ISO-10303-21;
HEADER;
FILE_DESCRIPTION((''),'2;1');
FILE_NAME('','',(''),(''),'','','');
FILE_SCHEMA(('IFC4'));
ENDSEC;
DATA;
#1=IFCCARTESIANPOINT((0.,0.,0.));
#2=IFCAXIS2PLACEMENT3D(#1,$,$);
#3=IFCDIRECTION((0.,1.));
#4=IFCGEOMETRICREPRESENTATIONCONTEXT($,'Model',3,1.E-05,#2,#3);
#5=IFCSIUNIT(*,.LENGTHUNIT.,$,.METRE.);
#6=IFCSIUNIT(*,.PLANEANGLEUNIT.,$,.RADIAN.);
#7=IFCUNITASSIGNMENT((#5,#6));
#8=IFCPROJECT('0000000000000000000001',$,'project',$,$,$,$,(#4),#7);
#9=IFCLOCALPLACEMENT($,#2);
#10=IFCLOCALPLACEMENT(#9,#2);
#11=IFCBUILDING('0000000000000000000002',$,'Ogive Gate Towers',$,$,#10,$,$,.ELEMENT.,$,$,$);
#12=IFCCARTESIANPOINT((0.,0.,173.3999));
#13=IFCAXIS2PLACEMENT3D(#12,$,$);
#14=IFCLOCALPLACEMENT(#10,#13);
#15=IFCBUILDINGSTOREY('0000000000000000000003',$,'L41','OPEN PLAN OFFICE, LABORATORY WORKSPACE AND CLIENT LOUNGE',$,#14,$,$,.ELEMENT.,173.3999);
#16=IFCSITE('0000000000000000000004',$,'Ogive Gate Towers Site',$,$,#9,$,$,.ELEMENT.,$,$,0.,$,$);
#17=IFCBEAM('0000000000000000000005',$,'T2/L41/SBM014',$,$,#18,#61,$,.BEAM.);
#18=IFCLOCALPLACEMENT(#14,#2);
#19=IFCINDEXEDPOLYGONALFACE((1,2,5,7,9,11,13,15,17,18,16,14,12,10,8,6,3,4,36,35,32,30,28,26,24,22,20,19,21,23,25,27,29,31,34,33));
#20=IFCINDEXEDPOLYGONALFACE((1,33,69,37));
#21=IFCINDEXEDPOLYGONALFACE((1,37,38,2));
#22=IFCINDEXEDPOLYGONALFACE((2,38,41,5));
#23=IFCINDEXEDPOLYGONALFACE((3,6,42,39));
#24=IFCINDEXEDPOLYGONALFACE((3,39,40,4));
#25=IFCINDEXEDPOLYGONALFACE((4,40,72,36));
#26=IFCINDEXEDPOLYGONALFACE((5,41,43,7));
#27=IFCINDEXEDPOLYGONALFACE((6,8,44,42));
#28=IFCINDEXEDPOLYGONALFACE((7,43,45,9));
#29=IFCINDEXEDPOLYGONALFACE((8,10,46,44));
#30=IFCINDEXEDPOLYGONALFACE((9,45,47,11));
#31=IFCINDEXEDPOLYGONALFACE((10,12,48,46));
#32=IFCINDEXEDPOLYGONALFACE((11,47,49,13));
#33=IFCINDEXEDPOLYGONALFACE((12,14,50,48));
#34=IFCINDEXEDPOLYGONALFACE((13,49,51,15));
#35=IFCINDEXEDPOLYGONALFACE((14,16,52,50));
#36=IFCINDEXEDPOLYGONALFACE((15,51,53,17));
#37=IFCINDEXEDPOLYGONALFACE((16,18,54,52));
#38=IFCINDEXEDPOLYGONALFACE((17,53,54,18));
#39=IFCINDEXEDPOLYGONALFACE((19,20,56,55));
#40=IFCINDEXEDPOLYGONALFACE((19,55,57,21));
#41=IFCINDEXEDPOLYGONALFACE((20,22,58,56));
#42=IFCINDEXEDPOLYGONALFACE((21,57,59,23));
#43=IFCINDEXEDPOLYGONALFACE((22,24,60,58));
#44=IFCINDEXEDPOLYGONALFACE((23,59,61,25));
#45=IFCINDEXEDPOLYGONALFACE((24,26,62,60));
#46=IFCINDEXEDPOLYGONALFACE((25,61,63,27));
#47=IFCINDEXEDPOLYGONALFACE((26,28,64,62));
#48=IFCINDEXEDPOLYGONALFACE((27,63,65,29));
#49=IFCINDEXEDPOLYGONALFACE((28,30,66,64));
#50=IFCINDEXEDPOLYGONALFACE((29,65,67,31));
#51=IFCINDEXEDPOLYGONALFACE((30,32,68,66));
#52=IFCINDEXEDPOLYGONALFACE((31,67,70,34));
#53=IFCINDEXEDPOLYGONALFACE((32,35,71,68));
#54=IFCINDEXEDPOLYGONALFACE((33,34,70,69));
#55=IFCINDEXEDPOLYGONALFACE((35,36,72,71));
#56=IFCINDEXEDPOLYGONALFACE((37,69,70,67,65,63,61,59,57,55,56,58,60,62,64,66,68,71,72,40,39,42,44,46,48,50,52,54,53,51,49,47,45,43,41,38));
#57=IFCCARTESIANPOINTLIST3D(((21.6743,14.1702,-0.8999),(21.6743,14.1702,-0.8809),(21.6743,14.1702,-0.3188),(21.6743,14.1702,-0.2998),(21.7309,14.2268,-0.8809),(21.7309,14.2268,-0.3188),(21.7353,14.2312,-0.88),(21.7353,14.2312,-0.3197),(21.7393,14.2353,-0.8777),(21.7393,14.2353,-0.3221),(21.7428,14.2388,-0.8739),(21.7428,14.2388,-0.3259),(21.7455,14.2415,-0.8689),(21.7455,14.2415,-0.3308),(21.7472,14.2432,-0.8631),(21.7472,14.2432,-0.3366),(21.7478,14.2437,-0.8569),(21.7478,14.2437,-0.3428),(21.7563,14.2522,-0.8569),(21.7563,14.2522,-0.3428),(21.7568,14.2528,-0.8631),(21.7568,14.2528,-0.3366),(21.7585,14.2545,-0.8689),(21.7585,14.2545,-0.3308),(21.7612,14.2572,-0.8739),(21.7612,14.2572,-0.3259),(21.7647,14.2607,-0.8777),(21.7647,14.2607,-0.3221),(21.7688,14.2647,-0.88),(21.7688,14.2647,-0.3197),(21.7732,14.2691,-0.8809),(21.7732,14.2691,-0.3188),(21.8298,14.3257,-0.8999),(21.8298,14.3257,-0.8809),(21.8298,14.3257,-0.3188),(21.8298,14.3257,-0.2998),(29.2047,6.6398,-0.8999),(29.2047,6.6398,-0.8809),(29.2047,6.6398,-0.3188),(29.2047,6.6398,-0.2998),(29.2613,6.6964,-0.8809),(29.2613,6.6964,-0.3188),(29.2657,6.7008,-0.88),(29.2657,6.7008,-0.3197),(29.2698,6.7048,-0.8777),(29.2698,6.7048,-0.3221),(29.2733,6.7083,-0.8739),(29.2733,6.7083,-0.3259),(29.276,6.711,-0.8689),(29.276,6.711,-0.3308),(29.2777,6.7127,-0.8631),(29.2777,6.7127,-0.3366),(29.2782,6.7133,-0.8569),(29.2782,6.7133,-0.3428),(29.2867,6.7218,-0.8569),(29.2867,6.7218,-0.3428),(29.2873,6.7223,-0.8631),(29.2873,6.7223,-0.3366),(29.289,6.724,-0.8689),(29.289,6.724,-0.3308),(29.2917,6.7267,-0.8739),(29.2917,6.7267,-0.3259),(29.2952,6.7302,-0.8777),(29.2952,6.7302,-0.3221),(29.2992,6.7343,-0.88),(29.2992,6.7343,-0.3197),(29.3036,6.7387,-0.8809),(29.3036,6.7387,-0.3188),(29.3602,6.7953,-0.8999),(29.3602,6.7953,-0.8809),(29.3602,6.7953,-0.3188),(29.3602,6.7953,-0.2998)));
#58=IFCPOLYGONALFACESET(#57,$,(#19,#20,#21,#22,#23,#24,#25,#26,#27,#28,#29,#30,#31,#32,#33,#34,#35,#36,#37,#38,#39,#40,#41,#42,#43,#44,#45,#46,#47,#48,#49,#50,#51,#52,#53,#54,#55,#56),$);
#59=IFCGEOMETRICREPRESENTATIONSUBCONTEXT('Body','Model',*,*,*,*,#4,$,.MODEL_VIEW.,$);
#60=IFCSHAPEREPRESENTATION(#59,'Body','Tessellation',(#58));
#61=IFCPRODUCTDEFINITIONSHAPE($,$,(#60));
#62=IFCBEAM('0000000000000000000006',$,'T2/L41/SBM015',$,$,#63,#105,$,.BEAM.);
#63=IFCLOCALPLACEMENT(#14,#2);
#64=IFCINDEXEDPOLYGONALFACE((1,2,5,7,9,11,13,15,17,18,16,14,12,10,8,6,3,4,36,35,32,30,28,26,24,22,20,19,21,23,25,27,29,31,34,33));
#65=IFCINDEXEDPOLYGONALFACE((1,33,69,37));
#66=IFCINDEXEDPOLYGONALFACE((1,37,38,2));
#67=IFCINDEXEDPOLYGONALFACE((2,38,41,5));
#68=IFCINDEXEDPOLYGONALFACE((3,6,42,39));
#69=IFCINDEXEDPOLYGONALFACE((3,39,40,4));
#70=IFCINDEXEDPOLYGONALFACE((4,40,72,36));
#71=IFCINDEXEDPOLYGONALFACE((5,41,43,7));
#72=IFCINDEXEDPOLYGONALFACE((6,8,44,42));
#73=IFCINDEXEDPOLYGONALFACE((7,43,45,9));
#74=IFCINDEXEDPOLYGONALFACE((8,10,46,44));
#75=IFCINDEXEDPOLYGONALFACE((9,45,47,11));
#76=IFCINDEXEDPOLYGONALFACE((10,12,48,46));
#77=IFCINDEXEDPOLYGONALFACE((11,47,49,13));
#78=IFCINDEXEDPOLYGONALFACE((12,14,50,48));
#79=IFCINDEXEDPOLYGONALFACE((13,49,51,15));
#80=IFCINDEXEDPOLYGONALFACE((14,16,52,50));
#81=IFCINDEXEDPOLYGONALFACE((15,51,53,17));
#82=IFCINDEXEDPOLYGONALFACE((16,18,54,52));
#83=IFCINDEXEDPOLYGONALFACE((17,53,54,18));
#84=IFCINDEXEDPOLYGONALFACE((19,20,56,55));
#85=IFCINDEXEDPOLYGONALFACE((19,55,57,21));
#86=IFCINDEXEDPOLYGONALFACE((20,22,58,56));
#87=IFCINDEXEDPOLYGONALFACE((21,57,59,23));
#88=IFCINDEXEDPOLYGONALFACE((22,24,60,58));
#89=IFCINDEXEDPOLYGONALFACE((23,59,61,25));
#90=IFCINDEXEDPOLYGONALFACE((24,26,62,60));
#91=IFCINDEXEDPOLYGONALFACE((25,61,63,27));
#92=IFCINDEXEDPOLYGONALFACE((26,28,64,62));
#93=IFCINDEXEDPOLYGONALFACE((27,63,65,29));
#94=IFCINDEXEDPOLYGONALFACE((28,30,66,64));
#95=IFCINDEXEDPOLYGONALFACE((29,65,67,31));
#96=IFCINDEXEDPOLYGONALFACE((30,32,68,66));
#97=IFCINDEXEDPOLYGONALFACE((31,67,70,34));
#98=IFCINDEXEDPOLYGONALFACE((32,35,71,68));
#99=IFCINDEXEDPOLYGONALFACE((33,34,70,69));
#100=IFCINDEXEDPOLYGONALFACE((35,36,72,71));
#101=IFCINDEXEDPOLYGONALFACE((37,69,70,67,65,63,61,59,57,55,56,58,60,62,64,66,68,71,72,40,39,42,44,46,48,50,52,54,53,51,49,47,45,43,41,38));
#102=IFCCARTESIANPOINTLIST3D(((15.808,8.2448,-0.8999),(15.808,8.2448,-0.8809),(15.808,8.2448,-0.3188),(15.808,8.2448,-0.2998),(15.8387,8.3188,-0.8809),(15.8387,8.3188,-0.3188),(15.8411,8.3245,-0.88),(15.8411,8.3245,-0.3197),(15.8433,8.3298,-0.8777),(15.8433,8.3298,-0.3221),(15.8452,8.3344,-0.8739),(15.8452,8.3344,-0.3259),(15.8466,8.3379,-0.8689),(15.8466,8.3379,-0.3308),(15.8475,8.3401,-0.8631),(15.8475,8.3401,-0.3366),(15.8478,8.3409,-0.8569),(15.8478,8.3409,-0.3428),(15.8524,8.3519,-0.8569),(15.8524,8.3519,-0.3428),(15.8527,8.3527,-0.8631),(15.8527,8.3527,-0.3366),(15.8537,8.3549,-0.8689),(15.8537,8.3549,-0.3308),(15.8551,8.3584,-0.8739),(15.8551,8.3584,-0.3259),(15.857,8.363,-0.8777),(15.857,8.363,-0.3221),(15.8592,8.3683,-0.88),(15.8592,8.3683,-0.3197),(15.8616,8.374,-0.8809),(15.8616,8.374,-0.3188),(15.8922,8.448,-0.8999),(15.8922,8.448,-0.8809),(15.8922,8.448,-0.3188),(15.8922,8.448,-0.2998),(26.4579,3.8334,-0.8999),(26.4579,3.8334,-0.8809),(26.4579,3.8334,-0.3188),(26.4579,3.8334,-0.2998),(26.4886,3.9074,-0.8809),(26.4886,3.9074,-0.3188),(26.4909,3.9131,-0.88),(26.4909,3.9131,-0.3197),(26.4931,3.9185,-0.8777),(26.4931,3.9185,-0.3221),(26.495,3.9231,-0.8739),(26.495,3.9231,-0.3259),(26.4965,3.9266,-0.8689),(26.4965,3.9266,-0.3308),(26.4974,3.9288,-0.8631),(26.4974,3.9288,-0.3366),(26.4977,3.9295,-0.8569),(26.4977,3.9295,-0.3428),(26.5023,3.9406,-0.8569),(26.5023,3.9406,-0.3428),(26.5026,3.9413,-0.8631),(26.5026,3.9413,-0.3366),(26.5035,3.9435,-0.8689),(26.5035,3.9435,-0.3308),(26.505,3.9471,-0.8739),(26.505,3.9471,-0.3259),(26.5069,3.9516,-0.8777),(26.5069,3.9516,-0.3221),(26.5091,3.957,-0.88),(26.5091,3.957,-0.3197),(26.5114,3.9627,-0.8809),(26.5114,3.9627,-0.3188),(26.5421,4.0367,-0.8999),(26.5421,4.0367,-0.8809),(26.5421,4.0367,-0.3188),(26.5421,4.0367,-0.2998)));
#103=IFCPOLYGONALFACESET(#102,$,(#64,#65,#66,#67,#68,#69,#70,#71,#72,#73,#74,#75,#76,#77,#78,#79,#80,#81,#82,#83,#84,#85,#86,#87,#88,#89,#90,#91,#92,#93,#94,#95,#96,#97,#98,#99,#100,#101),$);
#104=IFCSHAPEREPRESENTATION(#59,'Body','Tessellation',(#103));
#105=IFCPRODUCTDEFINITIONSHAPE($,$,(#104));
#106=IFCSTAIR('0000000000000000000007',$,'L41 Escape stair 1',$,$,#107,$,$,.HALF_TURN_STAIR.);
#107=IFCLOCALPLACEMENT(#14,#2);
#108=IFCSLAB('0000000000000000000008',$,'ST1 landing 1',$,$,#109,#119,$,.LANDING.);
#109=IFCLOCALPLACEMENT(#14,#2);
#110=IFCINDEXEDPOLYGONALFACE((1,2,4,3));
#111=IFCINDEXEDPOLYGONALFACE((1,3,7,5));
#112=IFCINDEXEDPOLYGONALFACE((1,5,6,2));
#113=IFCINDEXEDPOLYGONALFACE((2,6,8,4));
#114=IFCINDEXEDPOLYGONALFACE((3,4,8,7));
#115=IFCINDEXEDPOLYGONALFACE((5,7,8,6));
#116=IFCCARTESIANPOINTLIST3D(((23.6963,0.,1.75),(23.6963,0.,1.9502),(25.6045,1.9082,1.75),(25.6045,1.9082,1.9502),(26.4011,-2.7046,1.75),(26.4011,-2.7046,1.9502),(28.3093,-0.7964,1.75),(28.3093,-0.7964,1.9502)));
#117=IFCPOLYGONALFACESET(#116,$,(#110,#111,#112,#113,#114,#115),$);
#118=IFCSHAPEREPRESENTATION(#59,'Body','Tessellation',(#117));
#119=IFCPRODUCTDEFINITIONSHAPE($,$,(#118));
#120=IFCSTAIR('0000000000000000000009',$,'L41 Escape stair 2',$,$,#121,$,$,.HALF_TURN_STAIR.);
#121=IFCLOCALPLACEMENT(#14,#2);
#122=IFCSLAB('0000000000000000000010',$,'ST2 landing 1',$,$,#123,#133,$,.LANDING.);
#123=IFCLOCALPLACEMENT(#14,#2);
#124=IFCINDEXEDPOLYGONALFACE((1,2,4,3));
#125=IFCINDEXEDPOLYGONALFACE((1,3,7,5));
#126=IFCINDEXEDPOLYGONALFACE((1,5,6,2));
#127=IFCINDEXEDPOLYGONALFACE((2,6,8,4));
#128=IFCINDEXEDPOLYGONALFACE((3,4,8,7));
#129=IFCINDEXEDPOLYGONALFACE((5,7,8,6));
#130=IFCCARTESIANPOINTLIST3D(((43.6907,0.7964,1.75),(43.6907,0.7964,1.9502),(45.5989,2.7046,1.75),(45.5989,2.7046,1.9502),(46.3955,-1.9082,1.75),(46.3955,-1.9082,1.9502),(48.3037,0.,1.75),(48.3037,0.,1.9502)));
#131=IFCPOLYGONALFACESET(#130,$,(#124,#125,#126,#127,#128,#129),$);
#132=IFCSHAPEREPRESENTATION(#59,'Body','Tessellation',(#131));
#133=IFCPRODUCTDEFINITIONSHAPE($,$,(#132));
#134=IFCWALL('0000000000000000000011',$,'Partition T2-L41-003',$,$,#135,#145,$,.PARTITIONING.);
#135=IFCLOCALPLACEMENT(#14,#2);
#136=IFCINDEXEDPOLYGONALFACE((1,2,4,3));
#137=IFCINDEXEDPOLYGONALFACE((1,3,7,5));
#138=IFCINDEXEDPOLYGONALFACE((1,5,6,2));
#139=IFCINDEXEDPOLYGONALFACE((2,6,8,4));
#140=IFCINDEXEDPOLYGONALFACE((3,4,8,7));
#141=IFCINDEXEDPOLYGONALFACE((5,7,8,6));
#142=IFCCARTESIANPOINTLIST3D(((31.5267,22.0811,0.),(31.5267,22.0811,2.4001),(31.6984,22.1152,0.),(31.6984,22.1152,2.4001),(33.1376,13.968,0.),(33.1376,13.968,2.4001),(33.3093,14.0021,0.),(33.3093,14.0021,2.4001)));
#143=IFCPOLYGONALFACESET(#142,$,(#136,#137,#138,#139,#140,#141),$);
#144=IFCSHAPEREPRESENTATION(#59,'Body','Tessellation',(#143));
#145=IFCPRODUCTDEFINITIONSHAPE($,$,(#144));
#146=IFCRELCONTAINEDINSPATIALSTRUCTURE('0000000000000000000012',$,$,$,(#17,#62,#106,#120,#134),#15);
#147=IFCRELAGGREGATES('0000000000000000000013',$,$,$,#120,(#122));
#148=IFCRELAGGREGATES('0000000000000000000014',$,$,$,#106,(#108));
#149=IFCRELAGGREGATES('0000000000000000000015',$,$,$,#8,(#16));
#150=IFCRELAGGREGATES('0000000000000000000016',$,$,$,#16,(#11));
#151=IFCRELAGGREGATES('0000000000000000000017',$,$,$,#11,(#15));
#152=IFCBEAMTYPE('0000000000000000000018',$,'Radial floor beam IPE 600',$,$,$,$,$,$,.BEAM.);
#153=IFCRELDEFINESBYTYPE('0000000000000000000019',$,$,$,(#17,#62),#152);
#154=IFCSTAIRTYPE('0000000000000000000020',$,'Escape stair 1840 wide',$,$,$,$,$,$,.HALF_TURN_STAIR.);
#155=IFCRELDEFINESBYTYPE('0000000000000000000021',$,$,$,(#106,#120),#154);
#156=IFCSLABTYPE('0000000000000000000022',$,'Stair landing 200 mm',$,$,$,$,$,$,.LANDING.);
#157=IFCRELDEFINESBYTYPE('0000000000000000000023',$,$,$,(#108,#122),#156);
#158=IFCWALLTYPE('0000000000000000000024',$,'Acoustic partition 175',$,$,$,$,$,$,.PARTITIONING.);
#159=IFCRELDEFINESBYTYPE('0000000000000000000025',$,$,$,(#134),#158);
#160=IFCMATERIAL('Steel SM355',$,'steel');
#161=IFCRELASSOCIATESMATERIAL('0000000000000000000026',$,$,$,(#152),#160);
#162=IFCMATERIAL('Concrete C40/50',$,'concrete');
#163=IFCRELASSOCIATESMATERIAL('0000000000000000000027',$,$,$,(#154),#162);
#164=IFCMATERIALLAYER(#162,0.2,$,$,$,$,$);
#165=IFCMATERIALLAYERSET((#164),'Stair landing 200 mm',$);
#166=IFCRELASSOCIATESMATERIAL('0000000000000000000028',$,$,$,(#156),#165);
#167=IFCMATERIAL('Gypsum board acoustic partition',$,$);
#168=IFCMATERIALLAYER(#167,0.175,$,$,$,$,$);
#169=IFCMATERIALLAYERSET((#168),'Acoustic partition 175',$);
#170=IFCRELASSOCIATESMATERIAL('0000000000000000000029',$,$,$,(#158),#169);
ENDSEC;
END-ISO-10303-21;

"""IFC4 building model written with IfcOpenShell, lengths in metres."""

from ifc_helpers import new_model, si_unit, direction, frame, frame_2d, origin, origin_2d, place, context, subcontext, project, spatial, polyline, rectangle, i_section, outline, extrude, material, layer, layer_set, material_profile, profile_set, type_object, element, aggregate, save


model = new_model("IFC4")

# Units and contexts
model_context = context("Model", 3, precision=1e-05, world=origin(), true_north=direction((0.0, 1.0)))
body_context = subcontext(model_context, "Body", "Model", "MODEL_VIEW")
ifc_project = project(units=[si_unit("LENGTHUNIT", "METRE"), si_unit("PLANEANGLEUNIT", "RADIAN")], contexts=[model_context])

# Site, building, storey
site_placement = place(None, origin())
site = spatial("IfcSite", under=ifc_project, at=site_placement, Name="Ogive Gate Towers Site", CompositionType="ELEMENT", RefElevation=0.0)
building_placement = place(site_placement, origin())
building = spatial("IfcBuilding", under=site, at=building_placement, Name="Ogive Gate Towers", CompositionType="ELEMENT")
storey_placement = place(building_placement, frame((0.0, 0.0, 173.3999)))
storey = spatial("IfcBuildingStorey", under=building, at=storey_placement, Name="L41", Description="OPEN PLAN OFFICE, LABORATORY WORKSPACE AND CLIENT LOUNGE", CompositionType="ELEMENT", Elevation=173.3999)

# Beams
ifc_material_1 = material(Name="Concrete C40/50", Category="concrete")
ifc_material_2 = material(Name="Steel SM355", Category="steel")
ifc_material_profile_1 = material_profile(ifc_material_2, i_section(OverallWidth=0.22, OverallDepth=0.6001, WebThickness=0.012, FlangeThickness=0.019, FilletRadius=0.0239, at=origin_2d()), Name="IPE 600")
ifc_profile_set_1 = profile_set([ifc_material_profile_1], Name="Steel SM355")
beam_type_1 = type_object("IfcBeamType", Name="Radial floor beam IPE 600", PredefinedType="BEAM", material=ifc_profile_set_1)
beam_1_placement = place(storey_placement, frame((29.2825, 6.7175, -0.5999), z_axis=(-0.707107, 0.707107, 0.0), x_axis=(-0.707107, -0.707107, 0.0)))
element("IfcBeam", 1, at=beam_1_placement, inside=storey, type_object=beam_type_1, Name="T2/L41/SBM014", PredefinedType="BEAM", context=body_context, shape_type="SweptSolid", body=[
    extrude(i_section(OverallWidth=0.22, OverallDepth=0.6001, WebThickness=0.012, FlangeThickness=0.019, FilletRadius=0.0239, at=origin_2d()), origin(), (0.0, 0.0, 1.0), 10.6497),
])
beam_2_placement = place(storey_placement, frame((26.5, 3.9351, -0.5999), z_axis=(-0.923878, 0.382687, 0.0), x_axis=(-0.382687, -0.923878, 0.0)))
element("IfcBeam", 2, at=beam_2_placement, inside=storey, type_object=beam_type_1, Name="T2/L41/SBM015", PredefinedType="BEAM", context=body_context, shape_type="SweptSolid", body=[
    extrude(i_section(OverallWidth=0.22, OverallDepth=0.6001, WebThickness=0.012, FlangeThickness=0.019, FilletRadius=0.0239, at=origin_2d()), origin(), (0.0, 0.0, 1.0), 11.5273),
])

# Stairs, slabs
stair_type = type_object("IfcStairType", Name="Escape stair 1840 wide", PredefinedType="HALF_TURN_STAIR", material=ifc_material_1)
stair_1_placement = place(storey_placement, origin())
stair_1 = element("IfcStair", 3, at=stair_1_placement, inside=storey, type_object=stair_type, Name="L41 Escape stair 1", PredefinedType="HALF_TURN_STAIR")
ifc_layer_1 = layer(ifc_material_1, 0.2)
ifc_layer_set_1 = layer_set([ifc_layer_1], Name="Stair landing 200 mm")
slab_type = type_object("IfcSlabType", Name="Stair landing 200 mm", PredefinedType="LANDING", material=ifc_layer_set_1)
slab_1_placement = place(storey_placement, frame((0.0, 0.0, 1.75)))
slab_1 = element("IfcSlab", 4, at=slab_1_placement, type_object=slab_type, Name="ST1 landing 1", PredefinedType="LANDING", context=body_context, shape_type="SweptSolid", body=[
    extrude(outline(polyline([(25.6045, 1.9082), (23.6963, 0.0), (26.4011, -2.7046), (28.3093, -0.7964), (25.6045, 1.9082)])), origin(), (0.0, 0.0, 1.0), 0.2002),
])
stair_2_placement = place(storey_placement, origin())
stair_2 = element("IfcStair", 5, at=stair_2_placement, inside=storey, type_object=stair_type, Name="L41 Escape stair 2", PredefinedType="HALF_TURN_STAIR")
slab_2_placement = place(storey_placement, frame((0.0, 0.0, 1.75)))
slab_2 = element("IfcSlab", 6, at=slab_2_placement, type_object=slab_type, Name="ST2 landing 1", PredefinedType="LANDING", context=body_context, shape_type="SweptSolid", body=[
    extrude(outline(polyline([(46.3955, -1.9082), (48.3037, 0.0), (45.5989, 2.7046), (43.6907, 0.7964), (46.3955, -1.9082)])), origin(), (0.0, 0.0, 1.0), 0.2002),
])
aggregate(stair_2, [slab_2])

# Wall
ifc_material_3 = material(Name="Gypsum board acoustic partition")
ifc_layer_2 = layer(ifc_material_3, 0.175)
ifc_layer_set_2 = layer_set([ifc_layer_2], Name="Acoustic partition 175")
wall_type_1 = type_object("IfcWallType", Name="Acoustic partition 175", PredefinedType="PARTITIONING", material=ifc_layer_set_2)
wall_1_placement = place(storey_placement, frame((31.6125, 22.0981, 0.0), z_axis=(0.0, 0.0, 1.0), x_axis=(0.194748, -0.980853, 0.0)))
element("IfcWall", 7, at=wall_1_placement, inside=storey, type_object=wall_type_1, Name="Partition T2-L41-003", PredefinedType="PARTITIONING", context=body_context, shape_type="SweptSolid", body=[
    extrude(rectangle(XDim=8.2715, YDim=0.175, at=frame_2d((4.1357, 0.0))), origin(), (0.0, 0.0, 1.0), 2.4001),
])

aggregate(stair_1, [slab_1])

save(model, "model.ifc")
